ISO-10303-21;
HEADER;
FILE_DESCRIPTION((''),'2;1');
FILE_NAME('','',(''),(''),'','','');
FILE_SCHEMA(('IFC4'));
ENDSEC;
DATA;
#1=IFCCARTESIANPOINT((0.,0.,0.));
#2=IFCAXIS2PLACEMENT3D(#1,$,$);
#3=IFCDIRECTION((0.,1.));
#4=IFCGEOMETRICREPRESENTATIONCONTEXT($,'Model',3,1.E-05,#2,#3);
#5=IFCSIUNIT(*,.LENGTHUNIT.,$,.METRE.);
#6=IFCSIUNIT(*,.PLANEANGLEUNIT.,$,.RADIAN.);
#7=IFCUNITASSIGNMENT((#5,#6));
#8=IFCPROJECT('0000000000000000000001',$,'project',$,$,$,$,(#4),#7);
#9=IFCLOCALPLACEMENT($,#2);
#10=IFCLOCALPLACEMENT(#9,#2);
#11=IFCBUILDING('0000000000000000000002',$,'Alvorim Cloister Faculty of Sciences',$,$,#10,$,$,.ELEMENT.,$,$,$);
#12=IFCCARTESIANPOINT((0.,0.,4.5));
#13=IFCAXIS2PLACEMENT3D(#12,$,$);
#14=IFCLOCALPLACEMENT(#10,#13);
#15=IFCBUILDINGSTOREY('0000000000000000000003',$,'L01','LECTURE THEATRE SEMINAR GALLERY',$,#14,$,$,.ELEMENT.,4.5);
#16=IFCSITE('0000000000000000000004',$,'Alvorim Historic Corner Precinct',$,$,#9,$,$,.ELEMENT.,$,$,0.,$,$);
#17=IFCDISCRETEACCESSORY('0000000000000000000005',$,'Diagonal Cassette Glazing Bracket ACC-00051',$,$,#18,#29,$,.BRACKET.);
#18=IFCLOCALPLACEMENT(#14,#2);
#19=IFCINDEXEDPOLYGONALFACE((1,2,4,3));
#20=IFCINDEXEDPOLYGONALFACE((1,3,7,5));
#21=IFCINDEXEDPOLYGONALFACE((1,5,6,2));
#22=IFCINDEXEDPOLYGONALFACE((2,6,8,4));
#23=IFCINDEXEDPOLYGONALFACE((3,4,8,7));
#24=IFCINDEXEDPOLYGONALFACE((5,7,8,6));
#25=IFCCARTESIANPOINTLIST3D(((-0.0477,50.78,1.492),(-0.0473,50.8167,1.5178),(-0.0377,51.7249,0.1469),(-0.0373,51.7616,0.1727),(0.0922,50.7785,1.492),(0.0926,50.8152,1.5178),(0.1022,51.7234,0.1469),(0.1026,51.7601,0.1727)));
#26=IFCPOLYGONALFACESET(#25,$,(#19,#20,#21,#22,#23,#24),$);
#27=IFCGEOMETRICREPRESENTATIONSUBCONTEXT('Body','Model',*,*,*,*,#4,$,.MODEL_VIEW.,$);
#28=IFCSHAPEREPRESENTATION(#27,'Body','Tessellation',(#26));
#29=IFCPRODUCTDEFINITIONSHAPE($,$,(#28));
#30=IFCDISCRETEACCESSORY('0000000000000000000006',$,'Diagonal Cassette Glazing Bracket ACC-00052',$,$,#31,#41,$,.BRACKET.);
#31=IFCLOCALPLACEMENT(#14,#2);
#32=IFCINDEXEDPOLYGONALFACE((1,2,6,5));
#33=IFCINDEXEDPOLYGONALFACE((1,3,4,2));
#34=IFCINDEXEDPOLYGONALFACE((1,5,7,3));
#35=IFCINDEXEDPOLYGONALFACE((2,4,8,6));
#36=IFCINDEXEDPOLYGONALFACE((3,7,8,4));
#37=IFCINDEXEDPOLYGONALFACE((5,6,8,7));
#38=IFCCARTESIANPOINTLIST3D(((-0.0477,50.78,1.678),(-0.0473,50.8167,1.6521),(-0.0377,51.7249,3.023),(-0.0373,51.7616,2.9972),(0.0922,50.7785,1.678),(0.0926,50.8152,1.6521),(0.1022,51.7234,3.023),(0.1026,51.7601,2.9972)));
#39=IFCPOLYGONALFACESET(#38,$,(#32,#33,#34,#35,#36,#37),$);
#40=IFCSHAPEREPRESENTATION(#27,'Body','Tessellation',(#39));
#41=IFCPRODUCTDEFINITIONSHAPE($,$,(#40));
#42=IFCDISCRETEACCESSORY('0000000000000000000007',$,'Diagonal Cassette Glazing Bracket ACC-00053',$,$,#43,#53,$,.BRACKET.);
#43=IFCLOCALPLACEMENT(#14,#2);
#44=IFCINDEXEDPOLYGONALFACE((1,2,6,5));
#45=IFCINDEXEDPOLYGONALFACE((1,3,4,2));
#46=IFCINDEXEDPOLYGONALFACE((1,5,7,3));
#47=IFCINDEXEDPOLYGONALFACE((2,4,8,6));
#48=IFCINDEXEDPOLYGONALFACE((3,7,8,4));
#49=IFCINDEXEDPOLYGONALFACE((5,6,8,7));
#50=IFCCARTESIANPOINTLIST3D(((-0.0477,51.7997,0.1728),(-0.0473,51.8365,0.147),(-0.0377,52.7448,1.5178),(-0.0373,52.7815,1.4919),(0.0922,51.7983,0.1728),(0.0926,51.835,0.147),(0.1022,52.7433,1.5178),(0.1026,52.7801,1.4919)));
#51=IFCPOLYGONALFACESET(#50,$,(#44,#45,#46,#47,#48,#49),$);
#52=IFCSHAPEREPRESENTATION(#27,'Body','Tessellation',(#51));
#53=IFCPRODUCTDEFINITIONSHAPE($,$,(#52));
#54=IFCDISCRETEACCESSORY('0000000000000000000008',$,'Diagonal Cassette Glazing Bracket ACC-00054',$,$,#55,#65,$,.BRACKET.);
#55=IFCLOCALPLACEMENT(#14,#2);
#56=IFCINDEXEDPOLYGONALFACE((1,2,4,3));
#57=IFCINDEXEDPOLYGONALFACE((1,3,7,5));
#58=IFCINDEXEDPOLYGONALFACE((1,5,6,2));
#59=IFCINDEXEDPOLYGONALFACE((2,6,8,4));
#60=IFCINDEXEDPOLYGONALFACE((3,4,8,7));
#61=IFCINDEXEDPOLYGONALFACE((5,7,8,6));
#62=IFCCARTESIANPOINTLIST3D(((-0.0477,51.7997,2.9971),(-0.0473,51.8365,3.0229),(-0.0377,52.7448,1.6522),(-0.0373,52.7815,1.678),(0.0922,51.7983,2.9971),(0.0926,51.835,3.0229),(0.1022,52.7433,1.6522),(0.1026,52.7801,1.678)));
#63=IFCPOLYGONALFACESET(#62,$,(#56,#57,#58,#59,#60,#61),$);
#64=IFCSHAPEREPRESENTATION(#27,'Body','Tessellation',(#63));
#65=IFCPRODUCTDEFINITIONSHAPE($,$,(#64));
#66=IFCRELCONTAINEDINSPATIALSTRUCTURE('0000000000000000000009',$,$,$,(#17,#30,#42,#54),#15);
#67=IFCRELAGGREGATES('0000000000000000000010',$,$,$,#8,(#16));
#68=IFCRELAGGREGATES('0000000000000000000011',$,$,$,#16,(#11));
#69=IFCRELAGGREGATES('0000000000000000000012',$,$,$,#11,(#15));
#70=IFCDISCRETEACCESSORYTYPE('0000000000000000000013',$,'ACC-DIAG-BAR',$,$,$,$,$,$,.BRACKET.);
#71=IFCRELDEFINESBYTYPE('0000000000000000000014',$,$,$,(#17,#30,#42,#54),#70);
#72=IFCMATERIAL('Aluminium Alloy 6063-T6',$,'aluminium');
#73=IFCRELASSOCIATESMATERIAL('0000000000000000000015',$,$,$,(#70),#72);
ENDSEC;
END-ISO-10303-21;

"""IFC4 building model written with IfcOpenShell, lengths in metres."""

from ifc_helpers import new_model, si_unit, direction, frame, origin, origin_2d, place, context, subcontext, project, spatial, rectangle, extrude, material, type_object, element, save


model = new_model("IFC4")

# Units and contexts
model_context = context("Model", 3, precision=1e-05, world=origin(), true_north=direction((0.0, 1.0)))
body_context = subcontext(model_context, "Body", "Model", "MODEL_VIEW")
ifc_project = project(units=[si_unit("LENGTHUNIT", "METRE"), si_unit("PLANEANGLEUNIT", "RADIAN")], contexts=[model_context])

# Site, building, storey
site_placement = place(None, origin())
site = spatial("IfcSite", under=ifc_project, at=site_placement, Name="Alvorim Historic Corner Precinct", CompositionType="ELEMENT", RefElevation=0.0)
building_placement = place(site_placement, origin())
building = spatial("IfcBuilding", under=site, at=building_placement, Name="Alvorim Cloister Faculty of Sciences", CompositionType="ELEMENT")
storey_placement = place(building_placement, frame((0.0, 0.0, 4.5)))
storey = spatial("IfcBuildingStorey", under=building, at=storey_placement, Name="L01", Description="LECTURE THEATRE SEMINAR GALLERY", CompositionType="ELEMENT", Elevation=4.5)

# Shared definitions
ifc_material_1 = material(Name="Aluminium Alloy 6063-T6", Category="aluminium")

# Discrete accessories
discrete_accessory_type = type_object("IfcDiscreteAccessoryType", Name="ACC-DIAG-BAR", PredefinedType="BRACKET", material=ifc_material_1)
for number, where, z_axis, x_axis, name in (
    (1, (0.0225, 50.7976, 1.5049), (0.00609, 0.574817, -0.81826), (-0.999944, 0.010594, 0.0), "Diagonal Cassette Glazing Bracket ACC-00051"),
    (2, (0.0225, 50.7976, 1.665), (0.00609, 0.574817, 0.81826), (-0.999944, 0.010594, 0.0), "Diagonal Cassette Glazing Bracket ACC-00052"),
    (3, (0.0225, 51.8174, 0.1599), (0.006089, 0.574916, 0.81819), (-0.999944, 0.010591, 0.0), "Diagonal Cassette Glazing Bracket ACC-00053"),
    (4, (0.0225, 51.8174, 3.01), (0.006089, 0.574916, -0.81819), (-0.999944, 0.010591, 0.0), "Diagonal Cassette Glazing Bracket ACC-00054"),
):
    element("IfcDiscreteAccessory", number, at=place(storey_placement, frame(where, z_axis=z_axis, x_axis=x_axis)), inside=storey, type_object=discrete_accessory_type, Name=name, PredefinedType="BRACKET", context=body_context, shape_type="SweptSolid", body=[
        extrude(rectangle(XDim=0.1399, YDim=0.0449, at=origin_2d()), origin(), (0.0, 0.0, 1.0), 1.6438),
    ])

save(model, "model.ifc")
